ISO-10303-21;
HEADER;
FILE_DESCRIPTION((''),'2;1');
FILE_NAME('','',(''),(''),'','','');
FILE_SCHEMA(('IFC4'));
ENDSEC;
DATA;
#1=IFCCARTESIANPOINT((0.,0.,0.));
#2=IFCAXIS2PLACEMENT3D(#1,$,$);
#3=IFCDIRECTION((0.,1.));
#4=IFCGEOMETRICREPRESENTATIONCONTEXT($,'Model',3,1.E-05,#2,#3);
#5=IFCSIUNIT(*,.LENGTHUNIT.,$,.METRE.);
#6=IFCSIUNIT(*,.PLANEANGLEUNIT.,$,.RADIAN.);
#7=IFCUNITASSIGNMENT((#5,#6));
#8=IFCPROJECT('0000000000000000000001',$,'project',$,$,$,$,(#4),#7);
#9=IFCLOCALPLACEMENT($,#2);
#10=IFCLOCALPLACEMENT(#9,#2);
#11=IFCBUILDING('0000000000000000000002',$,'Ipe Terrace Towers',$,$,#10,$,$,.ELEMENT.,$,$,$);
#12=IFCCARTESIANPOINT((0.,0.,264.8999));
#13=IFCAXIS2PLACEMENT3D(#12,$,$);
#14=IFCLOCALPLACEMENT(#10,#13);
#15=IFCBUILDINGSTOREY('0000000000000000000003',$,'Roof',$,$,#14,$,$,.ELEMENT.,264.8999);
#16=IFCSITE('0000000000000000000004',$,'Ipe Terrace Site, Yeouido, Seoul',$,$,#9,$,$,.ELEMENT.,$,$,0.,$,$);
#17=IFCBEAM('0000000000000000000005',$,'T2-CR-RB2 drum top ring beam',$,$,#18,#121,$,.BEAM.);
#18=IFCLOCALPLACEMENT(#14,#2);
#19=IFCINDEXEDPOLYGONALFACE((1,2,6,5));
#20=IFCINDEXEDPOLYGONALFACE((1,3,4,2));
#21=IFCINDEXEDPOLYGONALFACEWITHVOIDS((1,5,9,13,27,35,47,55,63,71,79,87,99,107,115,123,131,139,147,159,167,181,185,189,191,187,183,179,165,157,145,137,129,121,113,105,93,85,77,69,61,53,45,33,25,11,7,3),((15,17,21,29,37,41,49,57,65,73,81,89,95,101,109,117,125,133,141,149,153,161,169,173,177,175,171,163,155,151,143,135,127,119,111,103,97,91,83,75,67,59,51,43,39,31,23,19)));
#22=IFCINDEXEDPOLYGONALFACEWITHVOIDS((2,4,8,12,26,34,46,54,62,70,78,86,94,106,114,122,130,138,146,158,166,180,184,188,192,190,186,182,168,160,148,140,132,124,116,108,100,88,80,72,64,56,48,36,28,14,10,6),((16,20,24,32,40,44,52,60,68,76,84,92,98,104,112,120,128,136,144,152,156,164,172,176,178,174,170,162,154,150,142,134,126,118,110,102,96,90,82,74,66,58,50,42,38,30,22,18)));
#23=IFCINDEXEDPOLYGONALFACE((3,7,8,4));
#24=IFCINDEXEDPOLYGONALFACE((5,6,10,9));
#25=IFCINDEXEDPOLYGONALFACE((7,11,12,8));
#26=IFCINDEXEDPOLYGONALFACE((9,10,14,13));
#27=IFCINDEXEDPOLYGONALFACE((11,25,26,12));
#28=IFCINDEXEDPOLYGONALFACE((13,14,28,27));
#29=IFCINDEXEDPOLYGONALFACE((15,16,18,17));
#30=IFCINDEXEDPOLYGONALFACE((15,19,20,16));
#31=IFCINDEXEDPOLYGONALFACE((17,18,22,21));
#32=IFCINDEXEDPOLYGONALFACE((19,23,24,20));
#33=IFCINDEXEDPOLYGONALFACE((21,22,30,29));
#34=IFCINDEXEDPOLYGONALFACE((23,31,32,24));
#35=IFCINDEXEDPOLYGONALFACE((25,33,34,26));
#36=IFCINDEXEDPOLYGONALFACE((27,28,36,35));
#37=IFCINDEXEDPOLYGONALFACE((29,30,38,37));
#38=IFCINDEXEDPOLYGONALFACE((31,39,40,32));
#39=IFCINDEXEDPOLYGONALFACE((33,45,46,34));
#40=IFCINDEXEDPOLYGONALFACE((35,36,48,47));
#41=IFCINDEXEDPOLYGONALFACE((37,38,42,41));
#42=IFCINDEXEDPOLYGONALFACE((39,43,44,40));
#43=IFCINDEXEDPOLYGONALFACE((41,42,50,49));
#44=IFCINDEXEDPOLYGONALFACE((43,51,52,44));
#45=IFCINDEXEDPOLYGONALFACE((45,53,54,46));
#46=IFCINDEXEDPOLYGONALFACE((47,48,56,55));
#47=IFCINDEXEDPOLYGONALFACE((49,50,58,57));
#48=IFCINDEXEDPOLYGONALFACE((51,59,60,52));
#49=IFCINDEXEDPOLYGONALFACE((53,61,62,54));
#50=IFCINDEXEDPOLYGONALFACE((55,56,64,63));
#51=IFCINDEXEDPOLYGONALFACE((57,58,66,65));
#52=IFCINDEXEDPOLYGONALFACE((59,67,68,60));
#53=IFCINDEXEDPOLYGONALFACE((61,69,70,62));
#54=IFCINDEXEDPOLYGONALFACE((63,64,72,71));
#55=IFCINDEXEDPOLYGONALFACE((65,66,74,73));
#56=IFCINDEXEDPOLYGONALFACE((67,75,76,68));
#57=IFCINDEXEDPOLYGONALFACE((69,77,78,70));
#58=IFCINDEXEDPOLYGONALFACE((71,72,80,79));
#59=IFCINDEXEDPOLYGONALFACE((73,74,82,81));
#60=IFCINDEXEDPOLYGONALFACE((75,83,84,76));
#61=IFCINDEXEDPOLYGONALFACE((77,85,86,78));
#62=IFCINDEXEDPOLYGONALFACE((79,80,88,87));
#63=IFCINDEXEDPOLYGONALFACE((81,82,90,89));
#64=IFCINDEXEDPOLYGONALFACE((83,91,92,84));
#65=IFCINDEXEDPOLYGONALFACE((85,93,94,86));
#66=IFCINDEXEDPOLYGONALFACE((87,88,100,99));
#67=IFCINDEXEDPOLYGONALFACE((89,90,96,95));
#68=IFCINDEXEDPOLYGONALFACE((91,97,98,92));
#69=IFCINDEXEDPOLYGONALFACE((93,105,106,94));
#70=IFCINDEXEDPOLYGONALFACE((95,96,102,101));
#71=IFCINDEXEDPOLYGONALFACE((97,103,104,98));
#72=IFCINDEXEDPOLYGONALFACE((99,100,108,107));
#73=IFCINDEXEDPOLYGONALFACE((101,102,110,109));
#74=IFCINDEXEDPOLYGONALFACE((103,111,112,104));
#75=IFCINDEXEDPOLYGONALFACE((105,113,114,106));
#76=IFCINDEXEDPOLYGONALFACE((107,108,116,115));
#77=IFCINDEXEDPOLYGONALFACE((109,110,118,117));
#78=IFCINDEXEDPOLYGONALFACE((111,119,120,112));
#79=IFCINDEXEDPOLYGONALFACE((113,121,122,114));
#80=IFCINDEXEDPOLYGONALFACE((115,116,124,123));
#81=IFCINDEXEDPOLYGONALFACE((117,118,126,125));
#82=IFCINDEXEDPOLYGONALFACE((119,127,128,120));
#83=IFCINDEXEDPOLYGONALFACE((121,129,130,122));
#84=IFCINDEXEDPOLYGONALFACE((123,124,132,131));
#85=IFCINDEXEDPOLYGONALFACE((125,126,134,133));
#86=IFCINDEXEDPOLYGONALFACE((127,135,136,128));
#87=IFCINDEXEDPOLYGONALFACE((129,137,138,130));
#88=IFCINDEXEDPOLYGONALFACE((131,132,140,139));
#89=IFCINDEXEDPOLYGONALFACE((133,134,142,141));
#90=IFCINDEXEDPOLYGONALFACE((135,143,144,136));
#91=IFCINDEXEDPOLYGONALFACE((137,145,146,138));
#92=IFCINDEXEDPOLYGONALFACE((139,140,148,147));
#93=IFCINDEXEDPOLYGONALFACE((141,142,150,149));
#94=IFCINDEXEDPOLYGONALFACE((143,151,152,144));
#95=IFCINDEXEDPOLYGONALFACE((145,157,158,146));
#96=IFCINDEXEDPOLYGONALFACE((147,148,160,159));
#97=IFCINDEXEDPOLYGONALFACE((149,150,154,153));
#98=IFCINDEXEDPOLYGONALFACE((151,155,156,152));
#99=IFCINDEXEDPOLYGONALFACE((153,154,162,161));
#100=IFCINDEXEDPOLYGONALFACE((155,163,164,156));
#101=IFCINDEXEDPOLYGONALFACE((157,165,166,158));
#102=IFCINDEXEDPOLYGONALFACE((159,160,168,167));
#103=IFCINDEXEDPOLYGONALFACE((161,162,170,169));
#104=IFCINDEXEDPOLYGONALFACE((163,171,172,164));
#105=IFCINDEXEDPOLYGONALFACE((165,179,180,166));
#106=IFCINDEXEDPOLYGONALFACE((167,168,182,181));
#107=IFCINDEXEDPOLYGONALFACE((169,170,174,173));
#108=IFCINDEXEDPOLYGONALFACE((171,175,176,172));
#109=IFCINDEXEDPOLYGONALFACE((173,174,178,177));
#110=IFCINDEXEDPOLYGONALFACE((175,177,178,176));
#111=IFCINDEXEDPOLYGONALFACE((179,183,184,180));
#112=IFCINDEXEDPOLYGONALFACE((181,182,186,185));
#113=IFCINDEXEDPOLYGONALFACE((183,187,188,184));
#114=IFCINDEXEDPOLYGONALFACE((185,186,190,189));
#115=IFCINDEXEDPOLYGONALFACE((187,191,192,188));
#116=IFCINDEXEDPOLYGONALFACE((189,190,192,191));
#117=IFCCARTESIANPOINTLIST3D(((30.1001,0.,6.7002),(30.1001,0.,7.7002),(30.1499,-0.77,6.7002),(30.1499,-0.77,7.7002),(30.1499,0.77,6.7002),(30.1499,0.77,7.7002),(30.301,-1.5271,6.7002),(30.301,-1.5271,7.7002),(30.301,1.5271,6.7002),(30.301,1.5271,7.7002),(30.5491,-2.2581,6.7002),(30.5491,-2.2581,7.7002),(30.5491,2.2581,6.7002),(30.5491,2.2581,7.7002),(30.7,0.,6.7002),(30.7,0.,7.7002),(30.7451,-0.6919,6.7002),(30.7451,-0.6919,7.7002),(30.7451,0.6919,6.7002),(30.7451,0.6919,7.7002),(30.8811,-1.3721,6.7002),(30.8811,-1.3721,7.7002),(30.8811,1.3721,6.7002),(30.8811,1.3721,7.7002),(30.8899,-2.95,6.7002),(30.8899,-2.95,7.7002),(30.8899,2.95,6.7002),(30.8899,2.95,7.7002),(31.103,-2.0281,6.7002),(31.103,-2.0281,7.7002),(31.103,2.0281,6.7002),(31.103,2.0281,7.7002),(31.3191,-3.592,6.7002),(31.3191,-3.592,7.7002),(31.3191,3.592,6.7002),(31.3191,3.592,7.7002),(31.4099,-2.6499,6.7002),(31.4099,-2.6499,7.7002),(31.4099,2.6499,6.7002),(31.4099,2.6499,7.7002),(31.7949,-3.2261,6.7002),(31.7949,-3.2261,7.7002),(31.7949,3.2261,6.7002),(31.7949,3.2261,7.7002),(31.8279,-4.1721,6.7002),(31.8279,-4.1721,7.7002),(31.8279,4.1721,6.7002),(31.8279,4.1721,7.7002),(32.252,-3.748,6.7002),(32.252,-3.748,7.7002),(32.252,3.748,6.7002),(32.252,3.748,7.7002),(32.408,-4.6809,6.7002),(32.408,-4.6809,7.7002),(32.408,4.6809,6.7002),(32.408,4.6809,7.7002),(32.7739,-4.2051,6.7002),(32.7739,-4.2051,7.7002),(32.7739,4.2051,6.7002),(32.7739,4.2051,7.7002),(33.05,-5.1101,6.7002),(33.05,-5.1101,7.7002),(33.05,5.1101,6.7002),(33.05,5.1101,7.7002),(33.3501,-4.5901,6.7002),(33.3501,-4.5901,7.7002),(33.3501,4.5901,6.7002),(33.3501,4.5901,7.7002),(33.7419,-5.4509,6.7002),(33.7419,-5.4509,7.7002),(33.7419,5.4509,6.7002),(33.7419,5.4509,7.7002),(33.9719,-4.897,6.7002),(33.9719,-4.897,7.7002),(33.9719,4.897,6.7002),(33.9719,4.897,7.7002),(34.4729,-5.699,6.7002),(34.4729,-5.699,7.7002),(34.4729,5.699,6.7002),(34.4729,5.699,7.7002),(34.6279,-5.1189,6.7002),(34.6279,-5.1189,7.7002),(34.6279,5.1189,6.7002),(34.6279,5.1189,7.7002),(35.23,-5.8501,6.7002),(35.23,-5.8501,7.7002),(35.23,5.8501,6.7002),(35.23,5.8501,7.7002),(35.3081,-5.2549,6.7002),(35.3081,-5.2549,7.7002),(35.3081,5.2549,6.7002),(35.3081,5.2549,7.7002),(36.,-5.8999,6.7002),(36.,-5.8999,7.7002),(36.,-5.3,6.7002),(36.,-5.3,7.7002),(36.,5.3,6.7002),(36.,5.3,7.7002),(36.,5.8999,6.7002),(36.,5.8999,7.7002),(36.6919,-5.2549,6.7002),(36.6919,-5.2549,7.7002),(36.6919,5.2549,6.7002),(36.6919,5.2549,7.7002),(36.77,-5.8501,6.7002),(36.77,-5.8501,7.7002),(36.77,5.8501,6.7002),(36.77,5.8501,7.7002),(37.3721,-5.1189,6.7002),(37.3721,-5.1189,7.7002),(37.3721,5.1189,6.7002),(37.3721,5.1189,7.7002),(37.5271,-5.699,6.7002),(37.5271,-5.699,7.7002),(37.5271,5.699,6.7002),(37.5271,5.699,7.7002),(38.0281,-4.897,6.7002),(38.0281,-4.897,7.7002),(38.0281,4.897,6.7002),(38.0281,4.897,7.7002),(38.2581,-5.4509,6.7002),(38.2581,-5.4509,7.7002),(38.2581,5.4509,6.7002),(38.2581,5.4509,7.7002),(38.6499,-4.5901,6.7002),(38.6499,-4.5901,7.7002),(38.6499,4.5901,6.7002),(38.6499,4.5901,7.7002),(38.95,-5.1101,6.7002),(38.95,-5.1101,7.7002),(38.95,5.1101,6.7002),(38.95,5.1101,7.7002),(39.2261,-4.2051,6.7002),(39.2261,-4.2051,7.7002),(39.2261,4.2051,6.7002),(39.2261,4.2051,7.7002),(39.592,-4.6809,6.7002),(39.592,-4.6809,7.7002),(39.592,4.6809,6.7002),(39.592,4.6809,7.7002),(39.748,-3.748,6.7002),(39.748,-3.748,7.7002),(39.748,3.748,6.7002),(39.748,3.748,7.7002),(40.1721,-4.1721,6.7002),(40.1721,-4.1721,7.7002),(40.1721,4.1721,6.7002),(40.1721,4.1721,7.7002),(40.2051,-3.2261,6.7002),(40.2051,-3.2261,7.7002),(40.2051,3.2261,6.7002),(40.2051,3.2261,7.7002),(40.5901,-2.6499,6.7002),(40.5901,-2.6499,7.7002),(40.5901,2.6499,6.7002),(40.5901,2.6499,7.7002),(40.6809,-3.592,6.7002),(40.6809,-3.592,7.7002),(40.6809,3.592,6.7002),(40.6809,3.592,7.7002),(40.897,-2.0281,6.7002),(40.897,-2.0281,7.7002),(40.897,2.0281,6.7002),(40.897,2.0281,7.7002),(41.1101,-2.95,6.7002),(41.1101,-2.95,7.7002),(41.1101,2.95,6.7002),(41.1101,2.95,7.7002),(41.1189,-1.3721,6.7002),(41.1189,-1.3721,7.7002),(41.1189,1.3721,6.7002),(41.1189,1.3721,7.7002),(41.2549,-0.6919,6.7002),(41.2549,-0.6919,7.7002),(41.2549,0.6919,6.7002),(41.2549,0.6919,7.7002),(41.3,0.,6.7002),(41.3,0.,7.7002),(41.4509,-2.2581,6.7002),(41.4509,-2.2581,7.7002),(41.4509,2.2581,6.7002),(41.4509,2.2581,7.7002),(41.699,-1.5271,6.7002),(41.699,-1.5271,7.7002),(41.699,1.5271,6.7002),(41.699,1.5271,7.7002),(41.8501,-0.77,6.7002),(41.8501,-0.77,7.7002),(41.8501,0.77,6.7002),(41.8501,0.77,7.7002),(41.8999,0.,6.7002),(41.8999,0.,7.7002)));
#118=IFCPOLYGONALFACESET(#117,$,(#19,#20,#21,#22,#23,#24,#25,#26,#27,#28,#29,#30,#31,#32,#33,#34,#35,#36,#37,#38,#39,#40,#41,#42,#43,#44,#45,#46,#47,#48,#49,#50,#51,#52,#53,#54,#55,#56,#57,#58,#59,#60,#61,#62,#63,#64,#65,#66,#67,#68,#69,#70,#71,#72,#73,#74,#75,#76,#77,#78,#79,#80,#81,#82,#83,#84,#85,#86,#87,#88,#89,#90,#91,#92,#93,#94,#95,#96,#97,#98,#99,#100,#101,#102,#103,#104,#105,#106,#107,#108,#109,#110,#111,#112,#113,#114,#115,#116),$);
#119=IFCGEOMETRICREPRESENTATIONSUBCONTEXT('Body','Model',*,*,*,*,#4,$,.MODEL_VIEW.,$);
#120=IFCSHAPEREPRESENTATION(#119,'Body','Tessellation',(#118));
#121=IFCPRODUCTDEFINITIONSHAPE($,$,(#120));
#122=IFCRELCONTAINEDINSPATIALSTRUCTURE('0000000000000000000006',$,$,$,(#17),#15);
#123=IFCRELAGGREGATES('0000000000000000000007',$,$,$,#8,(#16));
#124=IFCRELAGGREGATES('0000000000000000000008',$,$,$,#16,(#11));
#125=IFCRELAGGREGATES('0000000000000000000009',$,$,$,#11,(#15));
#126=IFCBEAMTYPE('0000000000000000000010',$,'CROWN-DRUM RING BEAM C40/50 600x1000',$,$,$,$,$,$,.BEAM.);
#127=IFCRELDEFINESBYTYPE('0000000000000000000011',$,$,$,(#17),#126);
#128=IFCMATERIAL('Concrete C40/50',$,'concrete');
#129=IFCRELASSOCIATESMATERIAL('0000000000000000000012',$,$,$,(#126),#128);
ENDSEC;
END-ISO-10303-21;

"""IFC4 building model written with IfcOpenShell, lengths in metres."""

from ifc_helpers import new_model, si_unit, direction, frame, origin, place, context, subcontext, project, spatial, polyline, outline, extrude, material, type_object, element, save


model = new_model("IFC4")

# Units and contexts
model_context = context("Model", 3, precision=1e-05, world=origin(), true_north=direction((0.0, 1.0)))
body_context = subcontext(model_context, "Body", "Model", "MODEL_VIEW")
ifc_project = project(units=[si_unit("LENGTHUNIT", "METRE"), si_unit("PLANEANGLEUNIT", "RADIAN")], contexts=[model_context])

# Site, building, storey
site_placement = place(None, origin())
site = spatial("IfcSite", under=ifc_project, at=site_placement, Name="Ipe Terrace Site, Yeouido, Seoul", CompositionType="ELEMENT", RefElevation=0.0)
building_placement = place(site_placement, origin())
building = spatial("IfcBuilding", under=site, at=building_placement, Name="Ipe Terrace Towers", CompositionType="ELEMENT")
storey_placement = place(building_placement, frame((0.0, 0.0, 264.8999)))
storey = spatial("IfcBuildingStorey", under=building, at=storey_placement, Name="Roof", CompositionType="ELEMENT", Elevation=264.8999)

# Beam
ifc_material_1 = material(Name="Concrete C40/50", Category="concrete")
beam_type_1 = type_object("IfcBeamType", Name="CROWN-DRUM RING BEAM C40/50 600x1000", PredefinedType="BEAM", material=ifc_material_1)
beam_1_placement = place(storey_placement, frame((0.0, 0.0, 6.7002)))
element("IfcBeam", 1, at=beam_1_placement, inside=storey, type_object=beam_type_1, Name="T2-CR-RB2 drum top ring beam", PredefinedType="BEAM", context=body_context, shape_type="SweptSolid", body=[
    extrude(outline(polyline([(36.0, 5.8999), (35.23, 5.8501), (34.4729, 5.699), (33.7419, 5.4509), (33.05, 5.1101), (32.408, 4.6809), (31.8279, 4.1721), (31.3191, 3.592), (30.8899, 2.95), (30.5491, 2.2581), (30.301, 1.5271), (30.1499, 0.77), (30.1001, 0.0), (30.1499, -0.77), (30.301, -1.5271), (30.5491, -2.2581), (30.8899, -2.95), (31.3191, -3.592), (31.8279, -4.1721), (32.408, -4.6809), (33.05, -5.1101), (33.7419, -5.4509), (34.4729, -5.699), (35.23, -5.8501), (36.0, -5.8999), (36.77, -5.8501), (37.5271, -5.699), (38.2581, -5.4509), (38.95, -5.1101), (39.592, -4.6809), (40.1721, -4.1721), (40.6809, -3.592), (41.1101, -2.95), (41.4509, -2.2581), (41.699, -1.5271), (41.8501, -0.77), (41.8999, 0.0), (41.8501, 0.77), (41.699, 1.5271), (41.4509, 2.2581), (41.1101, 2.95), (40.6809, 3.592), (40.1721, 4.1721), (39.592, 4.6809), (38.95, 5.1101), (38.2581, 5.4509), (37.5271, 5.699), (36.77, 5.8501), (36.0, 5.8999)]), holes=[polyline([(36.0, 5.3), (35.3081, 5.2549), (34.6279, 5.1189), (33.9719, 4.897), (33.3501, 4.5901), (32.7739, 4.2051), (32.252, 3.748), (31.7949, 3.2261), (31.4099, 2.6499), (31.103, 2.0281), (30.8811, 1.3721), (30.7451, 0.6919), (30.7, 0.0), (30.7451, -0.6919), (30.8811, -1.3721), (31.103, -2.0281), (31.4099, -2.6499), (31.7949, -3.2261), (32.252, -3.748), (32.7739, -4.2051), (33.3501, -4.5901), (33.9719, -4.897), (34.6279, -5.1189), (35.3081, -5.2549), (36.0, -5.3), (36.6919, -5.2549), (37.3721, -5.1189), (38.0281, -4.897), (38.6499, -4.5901), (39.2261, -4.2051), (39.748, -3.748), (40.2051, -3.2261), (40.5901, -2.6499), (40.897, -2.0281), (41.1189, -1.3721), (41.2549, -0.6919), (41.3, 0.0), (41.2549, 0.6919), (41.1189, 1.3721), (40.897, 2.0281), (40.5901, 2.6499), (40.2051, 3.2261), (39.748, 3.748), (39.2261, 4.2051), (38.6499, 4.5901), (38.0281, 4.897), (37.3721, 5.1189), (36.6919, 5.2549), (36.0, 5.3)])]), origin(), (0.0, 0.0, 1.0), 1.0),
])

save(model, "model.ifc")
